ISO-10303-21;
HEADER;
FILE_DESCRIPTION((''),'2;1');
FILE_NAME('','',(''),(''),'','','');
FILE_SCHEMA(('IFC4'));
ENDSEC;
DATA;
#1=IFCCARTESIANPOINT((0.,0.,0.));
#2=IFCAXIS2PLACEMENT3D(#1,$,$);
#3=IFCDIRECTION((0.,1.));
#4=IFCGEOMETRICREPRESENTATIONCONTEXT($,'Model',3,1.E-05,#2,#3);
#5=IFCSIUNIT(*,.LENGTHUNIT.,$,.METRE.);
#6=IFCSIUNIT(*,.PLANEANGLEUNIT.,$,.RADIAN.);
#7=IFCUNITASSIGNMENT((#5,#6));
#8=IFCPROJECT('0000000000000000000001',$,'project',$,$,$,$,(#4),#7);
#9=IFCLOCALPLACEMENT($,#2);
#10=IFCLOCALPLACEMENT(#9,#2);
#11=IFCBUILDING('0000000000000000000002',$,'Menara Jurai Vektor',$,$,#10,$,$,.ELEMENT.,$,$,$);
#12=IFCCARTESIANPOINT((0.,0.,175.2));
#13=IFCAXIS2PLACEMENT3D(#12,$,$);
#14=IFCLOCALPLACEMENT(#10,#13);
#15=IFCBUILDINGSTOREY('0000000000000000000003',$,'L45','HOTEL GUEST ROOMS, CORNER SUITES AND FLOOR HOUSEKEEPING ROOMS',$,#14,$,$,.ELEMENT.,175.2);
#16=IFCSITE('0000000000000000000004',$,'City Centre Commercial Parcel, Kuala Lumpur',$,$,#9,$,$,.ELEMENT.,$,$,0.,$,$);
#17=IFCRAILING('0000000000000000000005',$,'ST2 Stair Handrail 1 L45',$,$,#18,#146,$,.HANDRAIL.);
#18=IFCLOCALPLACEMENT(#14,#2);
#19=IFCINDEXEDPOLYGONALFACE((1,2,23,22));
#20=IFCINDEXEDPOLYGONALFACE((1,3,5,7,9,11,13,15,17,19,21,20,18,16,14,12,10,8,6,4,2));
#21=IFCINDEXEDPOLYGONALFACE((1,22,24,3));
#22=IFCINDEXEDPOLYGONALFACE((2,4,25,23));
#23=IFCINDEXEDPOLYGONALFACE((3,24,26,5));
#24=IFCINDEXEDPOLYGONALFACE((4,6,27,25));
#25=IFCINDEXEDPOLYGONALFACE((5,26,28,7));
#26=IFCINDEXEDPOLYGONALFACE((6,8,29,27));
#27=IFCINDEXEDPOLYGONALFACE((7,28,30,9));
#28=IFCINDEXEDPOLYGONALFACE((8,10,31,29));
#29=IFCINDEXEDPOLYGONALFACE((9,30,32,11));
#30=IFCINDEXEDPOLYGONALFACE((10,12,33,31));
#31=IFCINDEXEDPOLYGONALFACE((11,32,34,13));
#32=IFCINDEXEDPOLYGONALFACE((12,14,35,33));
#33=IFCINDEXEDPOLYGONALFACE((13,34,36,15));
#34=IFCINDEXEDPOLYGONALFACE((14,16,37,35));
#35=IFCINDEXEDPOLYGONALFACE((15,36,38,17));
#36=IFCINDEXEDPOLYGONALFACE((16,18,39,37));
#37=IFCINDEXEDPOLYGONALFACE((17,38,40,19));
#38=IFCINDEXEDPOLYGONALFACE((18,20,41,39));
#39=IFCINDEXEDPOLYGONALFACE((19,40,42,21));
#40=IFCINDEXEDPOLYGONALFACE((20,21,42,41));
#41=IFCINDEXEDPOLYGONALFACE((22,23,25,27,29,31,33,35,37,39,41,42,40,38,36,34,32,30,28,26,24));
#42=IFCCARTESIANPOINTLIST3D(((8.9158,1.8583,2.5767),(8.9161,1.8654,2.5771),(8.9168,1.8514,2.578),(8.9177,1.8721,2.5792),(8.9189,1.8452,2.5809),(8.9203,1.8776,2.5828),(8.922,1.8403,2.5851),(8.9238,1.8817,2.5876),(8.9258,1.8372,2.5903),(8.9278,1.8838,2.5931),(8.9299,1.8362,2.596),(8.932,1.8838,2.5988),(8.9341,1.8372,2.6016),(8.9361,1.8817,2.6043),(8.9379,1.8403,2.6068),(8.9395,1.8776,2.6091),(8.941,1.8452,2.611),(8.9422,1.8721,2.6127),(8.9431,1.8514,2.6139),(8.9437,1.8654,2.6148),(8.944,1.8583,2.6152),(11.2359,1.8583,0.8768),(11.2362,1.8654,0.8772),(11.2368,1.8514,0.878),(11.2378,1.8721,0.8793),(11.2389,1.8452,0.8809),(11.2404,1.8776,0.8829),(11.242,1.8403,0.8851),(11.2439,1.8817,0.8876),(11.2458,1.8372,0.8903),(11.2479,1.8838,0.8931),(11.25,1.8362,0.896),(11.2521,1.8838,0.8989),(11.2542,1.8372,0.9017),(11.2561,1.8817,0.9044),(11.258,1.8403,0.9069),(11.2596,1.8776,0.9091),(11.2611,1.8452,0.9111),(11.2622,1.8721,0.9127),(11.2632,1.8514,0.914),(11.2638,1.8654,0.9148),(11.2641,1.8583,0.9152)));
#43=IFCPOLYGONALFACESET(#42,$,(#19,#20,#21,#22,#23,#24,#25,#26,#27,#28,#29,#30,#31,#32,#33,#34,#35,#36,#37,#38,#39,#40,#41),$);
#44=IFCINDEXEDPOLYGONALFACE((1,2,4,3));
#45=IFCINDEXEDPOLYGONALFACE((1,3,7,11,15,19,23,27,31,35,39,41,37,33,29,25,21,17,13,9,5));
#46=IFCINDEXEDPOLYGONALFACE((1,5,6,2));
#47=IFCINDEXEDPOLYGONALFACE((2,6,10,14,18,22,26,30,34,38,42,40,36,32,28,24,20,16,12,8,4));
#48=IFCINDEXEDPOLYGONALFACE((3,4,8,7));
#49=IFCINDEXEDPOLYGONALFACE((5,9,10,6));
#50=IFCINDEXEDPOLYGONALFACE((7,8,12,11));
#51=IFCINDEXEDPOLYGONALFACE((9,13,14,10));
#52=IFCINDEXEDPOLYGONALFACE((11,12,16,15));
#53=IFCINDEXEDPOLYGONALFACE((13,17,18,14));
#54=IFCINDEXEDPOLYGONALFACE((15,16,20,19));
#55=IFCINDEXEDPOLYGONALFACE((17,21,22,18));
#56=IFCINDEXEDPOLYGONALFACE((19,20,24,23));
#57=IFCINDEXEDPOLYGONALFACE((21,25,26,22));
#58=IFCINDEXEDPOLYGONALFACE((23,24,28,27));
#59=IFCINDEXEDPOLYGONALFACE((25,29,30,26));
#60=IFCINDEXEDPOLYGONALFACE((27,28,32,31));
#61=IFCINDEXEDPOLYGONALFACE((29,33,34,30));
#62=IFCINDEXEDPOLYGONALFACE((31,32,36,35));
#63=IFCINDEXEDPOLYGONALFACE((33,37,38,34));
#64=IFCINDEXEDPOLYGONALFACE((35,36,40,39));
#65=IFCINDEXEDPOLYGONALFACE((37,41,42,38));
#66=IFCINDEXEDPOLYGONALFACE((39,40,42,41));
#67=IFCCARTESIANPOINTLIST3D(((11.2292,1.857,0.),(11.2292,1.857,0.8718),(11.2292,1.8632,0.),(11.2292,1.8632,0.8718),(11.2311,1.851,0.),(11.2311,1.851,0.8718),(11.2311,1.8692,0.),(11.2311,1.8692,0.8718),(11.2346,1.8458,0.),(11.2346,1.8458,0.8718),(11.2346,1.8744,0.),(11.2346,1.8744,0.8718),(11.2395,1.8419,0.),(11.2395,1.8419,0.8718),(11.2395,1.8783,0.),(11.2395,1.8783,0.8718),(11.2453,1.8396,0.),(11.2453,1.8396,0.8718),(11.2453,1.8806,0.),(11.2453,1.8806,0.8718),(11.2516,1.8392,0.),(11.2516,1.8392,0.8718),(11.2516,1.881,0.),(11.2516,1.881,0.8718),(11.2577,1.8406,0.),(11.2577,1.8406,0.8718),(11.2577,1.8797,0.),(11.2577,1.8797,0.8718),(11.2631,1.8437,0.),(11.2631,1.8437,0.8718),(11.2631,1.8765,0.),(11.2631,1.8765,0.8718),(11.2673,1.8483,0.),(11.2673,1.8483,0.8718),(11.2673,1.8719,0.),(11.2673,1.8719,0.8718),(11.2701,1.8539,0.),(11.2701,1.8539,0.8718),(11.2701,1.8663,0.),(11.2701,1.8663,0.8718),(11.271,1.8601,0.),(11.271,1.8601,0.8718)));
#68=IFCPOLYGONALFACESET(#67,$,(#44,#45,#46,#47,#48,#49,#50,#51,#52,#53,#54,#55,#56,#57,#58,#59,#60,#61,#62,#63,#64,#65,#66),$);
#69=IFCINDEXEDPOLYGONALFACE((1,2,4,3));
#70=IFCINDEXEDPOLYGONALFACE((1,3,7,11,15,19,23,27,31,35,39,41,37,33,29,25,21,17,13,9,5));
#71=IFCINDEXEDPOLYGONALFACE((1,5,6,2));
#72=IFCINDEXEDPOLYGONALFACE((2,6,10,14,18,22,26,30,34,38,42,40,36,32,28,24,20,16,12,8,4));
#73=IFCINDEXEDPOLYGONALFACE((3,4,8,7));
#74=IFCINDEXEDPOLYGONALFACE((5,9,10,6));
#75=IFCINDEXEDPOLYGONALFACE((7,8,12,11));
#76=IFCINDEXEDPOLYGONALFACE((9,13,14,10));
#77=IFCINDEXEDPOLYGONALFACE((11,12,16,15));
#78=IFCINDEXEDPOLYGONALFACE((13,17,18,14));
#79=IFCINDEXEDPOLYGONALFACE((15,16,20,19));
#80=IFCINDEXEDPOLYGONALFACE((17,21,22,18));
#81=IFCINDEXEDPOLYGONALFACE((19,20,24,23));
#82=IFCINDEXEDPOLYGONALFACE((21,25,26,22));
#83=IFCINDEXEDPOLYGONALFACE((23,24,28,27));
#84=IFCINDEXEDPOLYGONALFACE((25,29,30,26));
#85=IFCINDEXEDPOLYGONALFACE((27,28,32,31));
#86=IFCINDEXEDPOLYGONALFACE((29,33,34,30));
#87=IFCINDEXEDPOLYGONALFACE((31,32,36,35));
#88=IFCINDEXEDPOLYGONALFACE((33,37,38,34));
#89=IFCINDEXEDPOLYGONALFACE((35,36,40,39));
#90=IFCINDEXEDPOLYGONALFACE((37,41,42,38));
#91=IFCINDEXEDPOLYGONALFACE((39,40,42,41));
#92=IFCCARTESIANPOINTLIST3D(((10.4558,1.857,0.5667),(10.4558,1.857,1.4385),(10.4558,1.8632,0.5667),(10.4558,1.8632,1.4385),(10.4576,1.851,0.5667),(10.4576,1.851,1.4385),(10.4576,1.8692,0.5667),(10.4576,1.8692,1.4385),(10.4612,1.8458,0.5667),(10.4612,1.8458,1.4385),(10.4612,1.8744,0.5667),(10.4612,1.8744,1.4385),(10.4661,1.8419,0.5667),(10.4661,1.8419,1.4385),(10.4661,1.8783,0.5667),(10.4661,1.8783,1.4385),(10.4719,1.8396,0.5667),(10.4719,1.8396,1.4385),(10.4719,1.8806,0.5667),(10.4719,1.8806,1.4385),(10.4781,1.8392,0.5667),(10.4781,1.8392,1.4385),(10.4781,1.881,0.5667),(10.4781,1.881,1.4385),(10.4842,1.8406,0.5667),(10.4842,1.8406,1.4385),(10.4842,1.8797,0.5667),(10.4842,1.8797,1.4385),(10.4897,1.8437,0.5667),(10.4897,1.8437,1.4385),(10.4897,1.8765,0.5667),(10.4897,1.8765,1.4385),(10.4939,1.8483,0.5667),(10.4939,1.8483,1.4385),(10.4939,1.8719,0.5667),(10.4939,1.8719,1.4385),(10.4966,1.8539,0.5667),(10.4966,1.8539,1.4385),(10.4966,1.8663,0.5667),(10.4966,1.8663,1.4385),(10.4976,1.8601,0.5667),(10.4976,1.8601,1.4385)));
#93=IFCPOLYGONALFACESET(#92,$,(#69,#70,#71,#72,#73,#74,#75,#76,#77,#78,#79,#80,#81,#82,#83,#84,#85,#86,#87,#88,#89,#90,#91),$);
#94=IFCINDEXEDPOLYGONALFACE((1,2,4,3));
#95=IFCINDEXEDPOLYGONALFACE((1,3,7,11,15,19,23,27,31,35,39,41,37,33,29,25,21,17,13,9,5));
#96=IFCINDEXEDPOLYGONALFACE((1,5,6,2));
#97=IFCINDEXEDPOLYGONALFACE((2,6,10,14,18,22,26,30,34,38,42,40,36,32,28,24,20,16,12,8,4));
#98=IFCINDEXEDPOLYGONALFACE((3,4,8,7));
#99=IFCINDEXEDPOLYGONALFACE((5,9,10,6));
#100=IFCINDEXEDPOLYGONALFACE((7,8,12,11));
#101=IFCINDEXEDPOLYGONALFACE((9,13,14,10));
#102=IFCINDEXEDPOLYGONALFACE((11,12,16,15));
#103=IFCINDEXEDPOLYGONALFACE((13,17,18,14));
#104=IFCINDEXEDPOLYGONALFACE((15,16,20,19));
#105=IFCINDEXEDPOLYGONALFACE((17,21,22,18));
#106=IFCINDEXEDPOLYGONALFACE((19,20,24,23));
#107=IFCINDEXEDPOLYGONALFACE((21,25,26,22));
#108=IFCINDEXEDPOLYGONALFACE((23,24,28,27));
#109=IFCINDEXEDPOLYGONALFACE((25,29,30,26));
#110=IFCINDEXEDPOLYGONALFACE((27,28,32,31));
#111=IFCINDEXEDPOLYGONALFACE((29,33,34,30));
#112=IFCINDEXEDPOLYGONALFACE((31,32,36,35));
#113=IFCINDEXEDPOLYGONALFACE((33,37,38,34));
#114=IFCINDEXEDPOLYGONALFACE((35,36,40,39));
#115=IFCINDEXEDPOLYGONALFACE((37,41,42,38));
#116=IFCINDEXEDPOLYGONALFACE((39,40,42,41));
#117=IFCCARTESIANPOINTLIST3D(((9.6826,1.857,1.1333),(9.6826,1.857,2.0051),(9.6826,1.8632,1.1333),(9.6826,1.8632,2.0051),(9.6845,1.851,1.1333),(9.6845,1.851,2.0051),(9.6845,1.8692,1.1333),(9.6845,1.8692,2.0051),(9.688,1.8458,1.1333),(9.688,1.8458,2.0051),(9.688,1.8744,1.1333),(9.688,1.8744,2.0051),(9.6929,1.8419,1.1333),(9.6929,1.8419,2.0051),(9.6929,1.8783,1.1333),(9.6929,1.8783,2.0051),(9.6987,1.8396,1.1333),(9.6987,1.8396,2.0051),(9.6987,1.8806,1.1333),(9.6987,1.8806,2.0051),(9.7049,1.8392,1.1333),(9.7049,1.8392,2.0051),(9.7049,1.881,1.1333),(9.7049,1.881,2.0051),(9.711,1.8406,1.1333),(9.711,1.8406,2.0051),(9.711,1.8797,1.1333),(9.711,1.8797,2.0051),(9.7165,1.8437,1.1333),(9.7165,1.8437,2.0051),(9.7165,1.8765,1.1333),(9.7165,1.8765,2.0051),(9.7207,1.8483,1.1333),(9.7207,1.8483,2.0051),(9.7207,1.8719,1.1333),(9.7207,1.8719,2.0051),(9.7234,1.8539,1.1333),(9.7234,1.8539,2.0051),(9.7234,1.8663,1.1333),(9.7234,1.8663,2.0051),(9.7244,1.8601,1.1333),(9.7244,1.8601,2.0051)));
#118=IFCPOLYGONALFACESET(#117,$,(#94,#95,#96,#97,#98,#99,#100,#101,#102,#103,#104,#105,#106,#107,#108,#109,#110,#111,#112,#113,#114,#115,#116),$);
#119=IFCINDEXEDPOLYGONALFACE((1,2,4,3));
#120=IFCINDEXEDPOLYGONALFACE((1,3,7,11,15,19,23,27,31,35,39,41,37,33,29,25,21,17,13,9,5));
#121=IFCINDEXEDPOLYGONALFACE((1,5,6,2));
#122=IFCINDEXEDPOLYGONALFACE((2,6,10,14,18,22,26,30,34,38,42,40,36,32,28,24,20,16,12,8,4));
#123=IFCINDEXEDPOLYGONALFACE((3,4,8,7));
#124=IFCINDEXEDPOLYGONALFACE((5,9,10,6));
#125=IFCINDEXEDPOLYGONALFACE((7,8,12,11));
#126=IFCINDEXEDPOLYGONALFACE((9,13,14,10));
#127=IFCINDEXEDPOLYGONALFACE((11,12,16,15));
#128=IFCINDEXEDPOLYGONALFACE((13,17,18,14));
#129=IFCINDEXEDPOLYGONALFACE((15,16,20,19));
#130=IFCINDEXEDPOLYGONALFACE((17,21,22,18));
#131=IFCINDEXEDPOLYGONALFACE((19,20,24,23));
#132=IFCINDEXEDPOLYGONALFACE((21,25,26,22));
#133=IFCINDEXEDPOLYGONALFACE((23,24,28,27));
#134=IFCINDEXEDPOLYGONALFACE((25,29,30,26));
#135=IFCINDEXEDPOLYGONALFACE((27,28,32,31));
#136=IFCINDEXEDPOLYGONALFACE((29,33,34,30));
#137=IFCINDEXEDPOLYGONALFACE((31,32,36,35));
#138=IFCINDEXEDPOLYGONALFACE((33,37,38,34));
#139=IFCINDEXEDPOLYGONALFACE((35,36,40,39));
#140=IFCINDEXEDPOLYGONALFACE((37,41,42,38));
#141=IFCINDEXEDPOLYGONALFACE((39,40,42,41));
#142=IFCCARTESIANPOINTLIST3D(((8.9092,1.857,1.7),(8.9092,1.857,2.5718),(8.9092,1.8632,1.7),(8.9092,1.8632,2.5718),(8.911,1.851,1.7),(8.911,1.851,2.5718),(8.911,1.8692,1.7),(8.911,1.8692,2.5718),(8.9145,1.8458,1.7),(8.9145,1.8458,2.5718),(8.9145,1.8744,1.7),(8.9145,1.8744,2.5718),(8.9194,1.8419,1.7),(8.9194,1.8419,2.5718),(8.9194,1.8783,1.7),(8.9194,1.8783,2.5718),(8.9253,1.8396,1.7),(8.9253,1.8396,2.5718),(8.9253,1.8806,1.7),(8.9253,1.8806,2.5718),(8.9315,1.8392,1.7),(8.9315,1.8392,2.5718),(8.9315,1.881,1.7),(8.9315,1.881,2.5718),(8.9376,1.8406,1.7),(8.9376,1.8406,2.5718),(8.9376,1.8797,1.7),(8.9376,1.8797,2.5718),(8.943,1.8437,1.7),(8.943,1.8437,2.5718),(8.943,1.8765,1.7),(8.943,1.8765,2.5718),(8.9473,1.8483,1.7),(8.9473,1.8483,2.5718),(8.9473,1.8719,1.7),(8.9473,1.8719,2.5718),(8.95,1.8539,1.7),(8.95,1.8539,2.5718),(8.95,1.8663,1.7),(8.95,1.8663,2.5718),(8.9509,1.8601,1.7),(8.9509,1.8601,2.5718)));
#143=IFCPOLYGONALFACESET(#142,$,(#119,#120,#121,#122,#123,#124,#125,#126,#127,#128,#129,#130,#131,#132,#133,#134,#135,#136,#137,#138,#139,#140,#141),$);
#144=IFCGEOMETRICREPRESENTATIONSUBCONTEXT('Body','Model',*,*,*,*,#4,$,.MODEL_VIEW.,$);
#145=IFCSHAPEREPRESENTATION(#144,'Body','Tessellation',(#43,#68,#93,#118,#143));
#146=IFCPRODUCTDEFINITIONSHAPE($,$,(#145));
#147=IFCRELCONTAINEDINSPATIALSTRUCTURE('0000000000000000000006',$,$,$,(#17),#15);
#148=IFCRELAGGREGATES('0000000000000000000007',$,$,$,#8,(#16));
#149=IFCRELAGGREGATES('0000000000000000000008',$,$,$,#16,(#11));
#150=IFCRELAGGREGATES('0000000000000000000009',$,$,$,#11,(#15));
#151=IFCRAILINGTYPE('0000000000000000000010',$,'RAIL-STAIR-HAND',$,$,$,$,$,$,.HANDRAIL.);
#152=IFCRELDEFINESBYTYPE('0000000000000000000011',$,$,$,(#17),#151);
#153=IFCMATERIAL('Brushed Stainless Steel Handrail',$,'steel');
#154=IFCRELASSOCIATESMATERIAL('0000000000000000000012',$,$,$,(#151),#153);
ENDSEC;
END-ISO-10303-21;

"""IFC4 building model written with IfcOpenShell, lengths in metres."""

from ifc_helpers import new_model, si_unit, direction, frame, origin, origin_2d, place, context, subcontext, project, spatial, circle, extrude, material, type_object, element, save


model = new_model("IFC4")

# Units and contexts
model_context = context("Model", 3, precision=1e-05, world=origin(), true_north=direction((0.0, 1.0)))
body_context = subcontext(model_context, "Body", "Model", "MODEL_VIEW")
ifc_project = project(units=[si_unit("LENGTHUNIT", "METRE"), si_unit("PLANEANGLEUNIT", "RADIAN")], contexts=[model_context])

# Site, building, storey
site_placement = place(None, origin())
site = spatial("IfcSite", under=ifc_project, at=site_placement, Name="City Centre Commercial Parcel, Kuala Lumpur", CompositionType="ELEMENT", RefElevation=0.0)
building_placement = place(site_placement, origin())
building = spatial("IfcBuilding", under=site, at=building_placement, Name="Menara Jurai Vektor", CompositionType="ELEMENT")
storey_placement = place(building_placement, frame((0.0, 0.0, 175.2)))
storey = spatial("IfcBuildingStorey", under=building, at=storey_placement, Name="L45", Description="HOTEL GUEST ROOMS, CORNER SUITES AND FLOOR HOUSEKEEPING ROOMS", CompositionType="ELEMENT", Elevation=175.2)

# Railing
ifc_material_1 = material(Name="Brushed Stainless Steel Handrail", Category="steel")
railing_type_1 = type_object("IfcRailingType", Name="RAIL-STAIR-HAND", PredefinedType="HANDRAIL", material=ifc_material_1)
railing_1_placement = place(storey_placement, frame((11.25, 1.8601, 0.0)))
element("IfcRailing", 1, at=railing_1_placement, inside=storey, type_object=railing_type_1, Name="ST2 Stair Handrail 1 L45", PredefinedType="HANDRAIL", context=body_context, shape_type="SweptSolid", body=[
    extrude(circle(Radius=0.0239, at=origin_2d()), frame((0.0, 0.0, 0.896), z_axis=(-0.806642, 0.0, 0.59104), x_axis=(0.0, -1.0, 0.0)), (0.0, 0.0, 1.0), 2.8762),
    extrude(circle(Radius=0.021, at=origin_2d()), origin(), (0.0, 0.0, 1.0), 0.8718),
    extrude(circle(Radius=0.021, at=origin_2d()), frame((-0.7734, 0.0, 0.5667)), (0.0, 0.0, 1.0), 0.8718),
    extrude(circle(Radius=0.021, at=origin_2d()), frame((-1.5466, 0.0, 1.1333)), (0.0, 0.0, 1.0), 0.8718),
    extrude(circle(Radius=0.021, at=origin_2d()), frame((-2.3201, 0.0, 1.7)), (0.0, 0.0, 1.0), 0.8718),
])

save(model, "model.ifc")
